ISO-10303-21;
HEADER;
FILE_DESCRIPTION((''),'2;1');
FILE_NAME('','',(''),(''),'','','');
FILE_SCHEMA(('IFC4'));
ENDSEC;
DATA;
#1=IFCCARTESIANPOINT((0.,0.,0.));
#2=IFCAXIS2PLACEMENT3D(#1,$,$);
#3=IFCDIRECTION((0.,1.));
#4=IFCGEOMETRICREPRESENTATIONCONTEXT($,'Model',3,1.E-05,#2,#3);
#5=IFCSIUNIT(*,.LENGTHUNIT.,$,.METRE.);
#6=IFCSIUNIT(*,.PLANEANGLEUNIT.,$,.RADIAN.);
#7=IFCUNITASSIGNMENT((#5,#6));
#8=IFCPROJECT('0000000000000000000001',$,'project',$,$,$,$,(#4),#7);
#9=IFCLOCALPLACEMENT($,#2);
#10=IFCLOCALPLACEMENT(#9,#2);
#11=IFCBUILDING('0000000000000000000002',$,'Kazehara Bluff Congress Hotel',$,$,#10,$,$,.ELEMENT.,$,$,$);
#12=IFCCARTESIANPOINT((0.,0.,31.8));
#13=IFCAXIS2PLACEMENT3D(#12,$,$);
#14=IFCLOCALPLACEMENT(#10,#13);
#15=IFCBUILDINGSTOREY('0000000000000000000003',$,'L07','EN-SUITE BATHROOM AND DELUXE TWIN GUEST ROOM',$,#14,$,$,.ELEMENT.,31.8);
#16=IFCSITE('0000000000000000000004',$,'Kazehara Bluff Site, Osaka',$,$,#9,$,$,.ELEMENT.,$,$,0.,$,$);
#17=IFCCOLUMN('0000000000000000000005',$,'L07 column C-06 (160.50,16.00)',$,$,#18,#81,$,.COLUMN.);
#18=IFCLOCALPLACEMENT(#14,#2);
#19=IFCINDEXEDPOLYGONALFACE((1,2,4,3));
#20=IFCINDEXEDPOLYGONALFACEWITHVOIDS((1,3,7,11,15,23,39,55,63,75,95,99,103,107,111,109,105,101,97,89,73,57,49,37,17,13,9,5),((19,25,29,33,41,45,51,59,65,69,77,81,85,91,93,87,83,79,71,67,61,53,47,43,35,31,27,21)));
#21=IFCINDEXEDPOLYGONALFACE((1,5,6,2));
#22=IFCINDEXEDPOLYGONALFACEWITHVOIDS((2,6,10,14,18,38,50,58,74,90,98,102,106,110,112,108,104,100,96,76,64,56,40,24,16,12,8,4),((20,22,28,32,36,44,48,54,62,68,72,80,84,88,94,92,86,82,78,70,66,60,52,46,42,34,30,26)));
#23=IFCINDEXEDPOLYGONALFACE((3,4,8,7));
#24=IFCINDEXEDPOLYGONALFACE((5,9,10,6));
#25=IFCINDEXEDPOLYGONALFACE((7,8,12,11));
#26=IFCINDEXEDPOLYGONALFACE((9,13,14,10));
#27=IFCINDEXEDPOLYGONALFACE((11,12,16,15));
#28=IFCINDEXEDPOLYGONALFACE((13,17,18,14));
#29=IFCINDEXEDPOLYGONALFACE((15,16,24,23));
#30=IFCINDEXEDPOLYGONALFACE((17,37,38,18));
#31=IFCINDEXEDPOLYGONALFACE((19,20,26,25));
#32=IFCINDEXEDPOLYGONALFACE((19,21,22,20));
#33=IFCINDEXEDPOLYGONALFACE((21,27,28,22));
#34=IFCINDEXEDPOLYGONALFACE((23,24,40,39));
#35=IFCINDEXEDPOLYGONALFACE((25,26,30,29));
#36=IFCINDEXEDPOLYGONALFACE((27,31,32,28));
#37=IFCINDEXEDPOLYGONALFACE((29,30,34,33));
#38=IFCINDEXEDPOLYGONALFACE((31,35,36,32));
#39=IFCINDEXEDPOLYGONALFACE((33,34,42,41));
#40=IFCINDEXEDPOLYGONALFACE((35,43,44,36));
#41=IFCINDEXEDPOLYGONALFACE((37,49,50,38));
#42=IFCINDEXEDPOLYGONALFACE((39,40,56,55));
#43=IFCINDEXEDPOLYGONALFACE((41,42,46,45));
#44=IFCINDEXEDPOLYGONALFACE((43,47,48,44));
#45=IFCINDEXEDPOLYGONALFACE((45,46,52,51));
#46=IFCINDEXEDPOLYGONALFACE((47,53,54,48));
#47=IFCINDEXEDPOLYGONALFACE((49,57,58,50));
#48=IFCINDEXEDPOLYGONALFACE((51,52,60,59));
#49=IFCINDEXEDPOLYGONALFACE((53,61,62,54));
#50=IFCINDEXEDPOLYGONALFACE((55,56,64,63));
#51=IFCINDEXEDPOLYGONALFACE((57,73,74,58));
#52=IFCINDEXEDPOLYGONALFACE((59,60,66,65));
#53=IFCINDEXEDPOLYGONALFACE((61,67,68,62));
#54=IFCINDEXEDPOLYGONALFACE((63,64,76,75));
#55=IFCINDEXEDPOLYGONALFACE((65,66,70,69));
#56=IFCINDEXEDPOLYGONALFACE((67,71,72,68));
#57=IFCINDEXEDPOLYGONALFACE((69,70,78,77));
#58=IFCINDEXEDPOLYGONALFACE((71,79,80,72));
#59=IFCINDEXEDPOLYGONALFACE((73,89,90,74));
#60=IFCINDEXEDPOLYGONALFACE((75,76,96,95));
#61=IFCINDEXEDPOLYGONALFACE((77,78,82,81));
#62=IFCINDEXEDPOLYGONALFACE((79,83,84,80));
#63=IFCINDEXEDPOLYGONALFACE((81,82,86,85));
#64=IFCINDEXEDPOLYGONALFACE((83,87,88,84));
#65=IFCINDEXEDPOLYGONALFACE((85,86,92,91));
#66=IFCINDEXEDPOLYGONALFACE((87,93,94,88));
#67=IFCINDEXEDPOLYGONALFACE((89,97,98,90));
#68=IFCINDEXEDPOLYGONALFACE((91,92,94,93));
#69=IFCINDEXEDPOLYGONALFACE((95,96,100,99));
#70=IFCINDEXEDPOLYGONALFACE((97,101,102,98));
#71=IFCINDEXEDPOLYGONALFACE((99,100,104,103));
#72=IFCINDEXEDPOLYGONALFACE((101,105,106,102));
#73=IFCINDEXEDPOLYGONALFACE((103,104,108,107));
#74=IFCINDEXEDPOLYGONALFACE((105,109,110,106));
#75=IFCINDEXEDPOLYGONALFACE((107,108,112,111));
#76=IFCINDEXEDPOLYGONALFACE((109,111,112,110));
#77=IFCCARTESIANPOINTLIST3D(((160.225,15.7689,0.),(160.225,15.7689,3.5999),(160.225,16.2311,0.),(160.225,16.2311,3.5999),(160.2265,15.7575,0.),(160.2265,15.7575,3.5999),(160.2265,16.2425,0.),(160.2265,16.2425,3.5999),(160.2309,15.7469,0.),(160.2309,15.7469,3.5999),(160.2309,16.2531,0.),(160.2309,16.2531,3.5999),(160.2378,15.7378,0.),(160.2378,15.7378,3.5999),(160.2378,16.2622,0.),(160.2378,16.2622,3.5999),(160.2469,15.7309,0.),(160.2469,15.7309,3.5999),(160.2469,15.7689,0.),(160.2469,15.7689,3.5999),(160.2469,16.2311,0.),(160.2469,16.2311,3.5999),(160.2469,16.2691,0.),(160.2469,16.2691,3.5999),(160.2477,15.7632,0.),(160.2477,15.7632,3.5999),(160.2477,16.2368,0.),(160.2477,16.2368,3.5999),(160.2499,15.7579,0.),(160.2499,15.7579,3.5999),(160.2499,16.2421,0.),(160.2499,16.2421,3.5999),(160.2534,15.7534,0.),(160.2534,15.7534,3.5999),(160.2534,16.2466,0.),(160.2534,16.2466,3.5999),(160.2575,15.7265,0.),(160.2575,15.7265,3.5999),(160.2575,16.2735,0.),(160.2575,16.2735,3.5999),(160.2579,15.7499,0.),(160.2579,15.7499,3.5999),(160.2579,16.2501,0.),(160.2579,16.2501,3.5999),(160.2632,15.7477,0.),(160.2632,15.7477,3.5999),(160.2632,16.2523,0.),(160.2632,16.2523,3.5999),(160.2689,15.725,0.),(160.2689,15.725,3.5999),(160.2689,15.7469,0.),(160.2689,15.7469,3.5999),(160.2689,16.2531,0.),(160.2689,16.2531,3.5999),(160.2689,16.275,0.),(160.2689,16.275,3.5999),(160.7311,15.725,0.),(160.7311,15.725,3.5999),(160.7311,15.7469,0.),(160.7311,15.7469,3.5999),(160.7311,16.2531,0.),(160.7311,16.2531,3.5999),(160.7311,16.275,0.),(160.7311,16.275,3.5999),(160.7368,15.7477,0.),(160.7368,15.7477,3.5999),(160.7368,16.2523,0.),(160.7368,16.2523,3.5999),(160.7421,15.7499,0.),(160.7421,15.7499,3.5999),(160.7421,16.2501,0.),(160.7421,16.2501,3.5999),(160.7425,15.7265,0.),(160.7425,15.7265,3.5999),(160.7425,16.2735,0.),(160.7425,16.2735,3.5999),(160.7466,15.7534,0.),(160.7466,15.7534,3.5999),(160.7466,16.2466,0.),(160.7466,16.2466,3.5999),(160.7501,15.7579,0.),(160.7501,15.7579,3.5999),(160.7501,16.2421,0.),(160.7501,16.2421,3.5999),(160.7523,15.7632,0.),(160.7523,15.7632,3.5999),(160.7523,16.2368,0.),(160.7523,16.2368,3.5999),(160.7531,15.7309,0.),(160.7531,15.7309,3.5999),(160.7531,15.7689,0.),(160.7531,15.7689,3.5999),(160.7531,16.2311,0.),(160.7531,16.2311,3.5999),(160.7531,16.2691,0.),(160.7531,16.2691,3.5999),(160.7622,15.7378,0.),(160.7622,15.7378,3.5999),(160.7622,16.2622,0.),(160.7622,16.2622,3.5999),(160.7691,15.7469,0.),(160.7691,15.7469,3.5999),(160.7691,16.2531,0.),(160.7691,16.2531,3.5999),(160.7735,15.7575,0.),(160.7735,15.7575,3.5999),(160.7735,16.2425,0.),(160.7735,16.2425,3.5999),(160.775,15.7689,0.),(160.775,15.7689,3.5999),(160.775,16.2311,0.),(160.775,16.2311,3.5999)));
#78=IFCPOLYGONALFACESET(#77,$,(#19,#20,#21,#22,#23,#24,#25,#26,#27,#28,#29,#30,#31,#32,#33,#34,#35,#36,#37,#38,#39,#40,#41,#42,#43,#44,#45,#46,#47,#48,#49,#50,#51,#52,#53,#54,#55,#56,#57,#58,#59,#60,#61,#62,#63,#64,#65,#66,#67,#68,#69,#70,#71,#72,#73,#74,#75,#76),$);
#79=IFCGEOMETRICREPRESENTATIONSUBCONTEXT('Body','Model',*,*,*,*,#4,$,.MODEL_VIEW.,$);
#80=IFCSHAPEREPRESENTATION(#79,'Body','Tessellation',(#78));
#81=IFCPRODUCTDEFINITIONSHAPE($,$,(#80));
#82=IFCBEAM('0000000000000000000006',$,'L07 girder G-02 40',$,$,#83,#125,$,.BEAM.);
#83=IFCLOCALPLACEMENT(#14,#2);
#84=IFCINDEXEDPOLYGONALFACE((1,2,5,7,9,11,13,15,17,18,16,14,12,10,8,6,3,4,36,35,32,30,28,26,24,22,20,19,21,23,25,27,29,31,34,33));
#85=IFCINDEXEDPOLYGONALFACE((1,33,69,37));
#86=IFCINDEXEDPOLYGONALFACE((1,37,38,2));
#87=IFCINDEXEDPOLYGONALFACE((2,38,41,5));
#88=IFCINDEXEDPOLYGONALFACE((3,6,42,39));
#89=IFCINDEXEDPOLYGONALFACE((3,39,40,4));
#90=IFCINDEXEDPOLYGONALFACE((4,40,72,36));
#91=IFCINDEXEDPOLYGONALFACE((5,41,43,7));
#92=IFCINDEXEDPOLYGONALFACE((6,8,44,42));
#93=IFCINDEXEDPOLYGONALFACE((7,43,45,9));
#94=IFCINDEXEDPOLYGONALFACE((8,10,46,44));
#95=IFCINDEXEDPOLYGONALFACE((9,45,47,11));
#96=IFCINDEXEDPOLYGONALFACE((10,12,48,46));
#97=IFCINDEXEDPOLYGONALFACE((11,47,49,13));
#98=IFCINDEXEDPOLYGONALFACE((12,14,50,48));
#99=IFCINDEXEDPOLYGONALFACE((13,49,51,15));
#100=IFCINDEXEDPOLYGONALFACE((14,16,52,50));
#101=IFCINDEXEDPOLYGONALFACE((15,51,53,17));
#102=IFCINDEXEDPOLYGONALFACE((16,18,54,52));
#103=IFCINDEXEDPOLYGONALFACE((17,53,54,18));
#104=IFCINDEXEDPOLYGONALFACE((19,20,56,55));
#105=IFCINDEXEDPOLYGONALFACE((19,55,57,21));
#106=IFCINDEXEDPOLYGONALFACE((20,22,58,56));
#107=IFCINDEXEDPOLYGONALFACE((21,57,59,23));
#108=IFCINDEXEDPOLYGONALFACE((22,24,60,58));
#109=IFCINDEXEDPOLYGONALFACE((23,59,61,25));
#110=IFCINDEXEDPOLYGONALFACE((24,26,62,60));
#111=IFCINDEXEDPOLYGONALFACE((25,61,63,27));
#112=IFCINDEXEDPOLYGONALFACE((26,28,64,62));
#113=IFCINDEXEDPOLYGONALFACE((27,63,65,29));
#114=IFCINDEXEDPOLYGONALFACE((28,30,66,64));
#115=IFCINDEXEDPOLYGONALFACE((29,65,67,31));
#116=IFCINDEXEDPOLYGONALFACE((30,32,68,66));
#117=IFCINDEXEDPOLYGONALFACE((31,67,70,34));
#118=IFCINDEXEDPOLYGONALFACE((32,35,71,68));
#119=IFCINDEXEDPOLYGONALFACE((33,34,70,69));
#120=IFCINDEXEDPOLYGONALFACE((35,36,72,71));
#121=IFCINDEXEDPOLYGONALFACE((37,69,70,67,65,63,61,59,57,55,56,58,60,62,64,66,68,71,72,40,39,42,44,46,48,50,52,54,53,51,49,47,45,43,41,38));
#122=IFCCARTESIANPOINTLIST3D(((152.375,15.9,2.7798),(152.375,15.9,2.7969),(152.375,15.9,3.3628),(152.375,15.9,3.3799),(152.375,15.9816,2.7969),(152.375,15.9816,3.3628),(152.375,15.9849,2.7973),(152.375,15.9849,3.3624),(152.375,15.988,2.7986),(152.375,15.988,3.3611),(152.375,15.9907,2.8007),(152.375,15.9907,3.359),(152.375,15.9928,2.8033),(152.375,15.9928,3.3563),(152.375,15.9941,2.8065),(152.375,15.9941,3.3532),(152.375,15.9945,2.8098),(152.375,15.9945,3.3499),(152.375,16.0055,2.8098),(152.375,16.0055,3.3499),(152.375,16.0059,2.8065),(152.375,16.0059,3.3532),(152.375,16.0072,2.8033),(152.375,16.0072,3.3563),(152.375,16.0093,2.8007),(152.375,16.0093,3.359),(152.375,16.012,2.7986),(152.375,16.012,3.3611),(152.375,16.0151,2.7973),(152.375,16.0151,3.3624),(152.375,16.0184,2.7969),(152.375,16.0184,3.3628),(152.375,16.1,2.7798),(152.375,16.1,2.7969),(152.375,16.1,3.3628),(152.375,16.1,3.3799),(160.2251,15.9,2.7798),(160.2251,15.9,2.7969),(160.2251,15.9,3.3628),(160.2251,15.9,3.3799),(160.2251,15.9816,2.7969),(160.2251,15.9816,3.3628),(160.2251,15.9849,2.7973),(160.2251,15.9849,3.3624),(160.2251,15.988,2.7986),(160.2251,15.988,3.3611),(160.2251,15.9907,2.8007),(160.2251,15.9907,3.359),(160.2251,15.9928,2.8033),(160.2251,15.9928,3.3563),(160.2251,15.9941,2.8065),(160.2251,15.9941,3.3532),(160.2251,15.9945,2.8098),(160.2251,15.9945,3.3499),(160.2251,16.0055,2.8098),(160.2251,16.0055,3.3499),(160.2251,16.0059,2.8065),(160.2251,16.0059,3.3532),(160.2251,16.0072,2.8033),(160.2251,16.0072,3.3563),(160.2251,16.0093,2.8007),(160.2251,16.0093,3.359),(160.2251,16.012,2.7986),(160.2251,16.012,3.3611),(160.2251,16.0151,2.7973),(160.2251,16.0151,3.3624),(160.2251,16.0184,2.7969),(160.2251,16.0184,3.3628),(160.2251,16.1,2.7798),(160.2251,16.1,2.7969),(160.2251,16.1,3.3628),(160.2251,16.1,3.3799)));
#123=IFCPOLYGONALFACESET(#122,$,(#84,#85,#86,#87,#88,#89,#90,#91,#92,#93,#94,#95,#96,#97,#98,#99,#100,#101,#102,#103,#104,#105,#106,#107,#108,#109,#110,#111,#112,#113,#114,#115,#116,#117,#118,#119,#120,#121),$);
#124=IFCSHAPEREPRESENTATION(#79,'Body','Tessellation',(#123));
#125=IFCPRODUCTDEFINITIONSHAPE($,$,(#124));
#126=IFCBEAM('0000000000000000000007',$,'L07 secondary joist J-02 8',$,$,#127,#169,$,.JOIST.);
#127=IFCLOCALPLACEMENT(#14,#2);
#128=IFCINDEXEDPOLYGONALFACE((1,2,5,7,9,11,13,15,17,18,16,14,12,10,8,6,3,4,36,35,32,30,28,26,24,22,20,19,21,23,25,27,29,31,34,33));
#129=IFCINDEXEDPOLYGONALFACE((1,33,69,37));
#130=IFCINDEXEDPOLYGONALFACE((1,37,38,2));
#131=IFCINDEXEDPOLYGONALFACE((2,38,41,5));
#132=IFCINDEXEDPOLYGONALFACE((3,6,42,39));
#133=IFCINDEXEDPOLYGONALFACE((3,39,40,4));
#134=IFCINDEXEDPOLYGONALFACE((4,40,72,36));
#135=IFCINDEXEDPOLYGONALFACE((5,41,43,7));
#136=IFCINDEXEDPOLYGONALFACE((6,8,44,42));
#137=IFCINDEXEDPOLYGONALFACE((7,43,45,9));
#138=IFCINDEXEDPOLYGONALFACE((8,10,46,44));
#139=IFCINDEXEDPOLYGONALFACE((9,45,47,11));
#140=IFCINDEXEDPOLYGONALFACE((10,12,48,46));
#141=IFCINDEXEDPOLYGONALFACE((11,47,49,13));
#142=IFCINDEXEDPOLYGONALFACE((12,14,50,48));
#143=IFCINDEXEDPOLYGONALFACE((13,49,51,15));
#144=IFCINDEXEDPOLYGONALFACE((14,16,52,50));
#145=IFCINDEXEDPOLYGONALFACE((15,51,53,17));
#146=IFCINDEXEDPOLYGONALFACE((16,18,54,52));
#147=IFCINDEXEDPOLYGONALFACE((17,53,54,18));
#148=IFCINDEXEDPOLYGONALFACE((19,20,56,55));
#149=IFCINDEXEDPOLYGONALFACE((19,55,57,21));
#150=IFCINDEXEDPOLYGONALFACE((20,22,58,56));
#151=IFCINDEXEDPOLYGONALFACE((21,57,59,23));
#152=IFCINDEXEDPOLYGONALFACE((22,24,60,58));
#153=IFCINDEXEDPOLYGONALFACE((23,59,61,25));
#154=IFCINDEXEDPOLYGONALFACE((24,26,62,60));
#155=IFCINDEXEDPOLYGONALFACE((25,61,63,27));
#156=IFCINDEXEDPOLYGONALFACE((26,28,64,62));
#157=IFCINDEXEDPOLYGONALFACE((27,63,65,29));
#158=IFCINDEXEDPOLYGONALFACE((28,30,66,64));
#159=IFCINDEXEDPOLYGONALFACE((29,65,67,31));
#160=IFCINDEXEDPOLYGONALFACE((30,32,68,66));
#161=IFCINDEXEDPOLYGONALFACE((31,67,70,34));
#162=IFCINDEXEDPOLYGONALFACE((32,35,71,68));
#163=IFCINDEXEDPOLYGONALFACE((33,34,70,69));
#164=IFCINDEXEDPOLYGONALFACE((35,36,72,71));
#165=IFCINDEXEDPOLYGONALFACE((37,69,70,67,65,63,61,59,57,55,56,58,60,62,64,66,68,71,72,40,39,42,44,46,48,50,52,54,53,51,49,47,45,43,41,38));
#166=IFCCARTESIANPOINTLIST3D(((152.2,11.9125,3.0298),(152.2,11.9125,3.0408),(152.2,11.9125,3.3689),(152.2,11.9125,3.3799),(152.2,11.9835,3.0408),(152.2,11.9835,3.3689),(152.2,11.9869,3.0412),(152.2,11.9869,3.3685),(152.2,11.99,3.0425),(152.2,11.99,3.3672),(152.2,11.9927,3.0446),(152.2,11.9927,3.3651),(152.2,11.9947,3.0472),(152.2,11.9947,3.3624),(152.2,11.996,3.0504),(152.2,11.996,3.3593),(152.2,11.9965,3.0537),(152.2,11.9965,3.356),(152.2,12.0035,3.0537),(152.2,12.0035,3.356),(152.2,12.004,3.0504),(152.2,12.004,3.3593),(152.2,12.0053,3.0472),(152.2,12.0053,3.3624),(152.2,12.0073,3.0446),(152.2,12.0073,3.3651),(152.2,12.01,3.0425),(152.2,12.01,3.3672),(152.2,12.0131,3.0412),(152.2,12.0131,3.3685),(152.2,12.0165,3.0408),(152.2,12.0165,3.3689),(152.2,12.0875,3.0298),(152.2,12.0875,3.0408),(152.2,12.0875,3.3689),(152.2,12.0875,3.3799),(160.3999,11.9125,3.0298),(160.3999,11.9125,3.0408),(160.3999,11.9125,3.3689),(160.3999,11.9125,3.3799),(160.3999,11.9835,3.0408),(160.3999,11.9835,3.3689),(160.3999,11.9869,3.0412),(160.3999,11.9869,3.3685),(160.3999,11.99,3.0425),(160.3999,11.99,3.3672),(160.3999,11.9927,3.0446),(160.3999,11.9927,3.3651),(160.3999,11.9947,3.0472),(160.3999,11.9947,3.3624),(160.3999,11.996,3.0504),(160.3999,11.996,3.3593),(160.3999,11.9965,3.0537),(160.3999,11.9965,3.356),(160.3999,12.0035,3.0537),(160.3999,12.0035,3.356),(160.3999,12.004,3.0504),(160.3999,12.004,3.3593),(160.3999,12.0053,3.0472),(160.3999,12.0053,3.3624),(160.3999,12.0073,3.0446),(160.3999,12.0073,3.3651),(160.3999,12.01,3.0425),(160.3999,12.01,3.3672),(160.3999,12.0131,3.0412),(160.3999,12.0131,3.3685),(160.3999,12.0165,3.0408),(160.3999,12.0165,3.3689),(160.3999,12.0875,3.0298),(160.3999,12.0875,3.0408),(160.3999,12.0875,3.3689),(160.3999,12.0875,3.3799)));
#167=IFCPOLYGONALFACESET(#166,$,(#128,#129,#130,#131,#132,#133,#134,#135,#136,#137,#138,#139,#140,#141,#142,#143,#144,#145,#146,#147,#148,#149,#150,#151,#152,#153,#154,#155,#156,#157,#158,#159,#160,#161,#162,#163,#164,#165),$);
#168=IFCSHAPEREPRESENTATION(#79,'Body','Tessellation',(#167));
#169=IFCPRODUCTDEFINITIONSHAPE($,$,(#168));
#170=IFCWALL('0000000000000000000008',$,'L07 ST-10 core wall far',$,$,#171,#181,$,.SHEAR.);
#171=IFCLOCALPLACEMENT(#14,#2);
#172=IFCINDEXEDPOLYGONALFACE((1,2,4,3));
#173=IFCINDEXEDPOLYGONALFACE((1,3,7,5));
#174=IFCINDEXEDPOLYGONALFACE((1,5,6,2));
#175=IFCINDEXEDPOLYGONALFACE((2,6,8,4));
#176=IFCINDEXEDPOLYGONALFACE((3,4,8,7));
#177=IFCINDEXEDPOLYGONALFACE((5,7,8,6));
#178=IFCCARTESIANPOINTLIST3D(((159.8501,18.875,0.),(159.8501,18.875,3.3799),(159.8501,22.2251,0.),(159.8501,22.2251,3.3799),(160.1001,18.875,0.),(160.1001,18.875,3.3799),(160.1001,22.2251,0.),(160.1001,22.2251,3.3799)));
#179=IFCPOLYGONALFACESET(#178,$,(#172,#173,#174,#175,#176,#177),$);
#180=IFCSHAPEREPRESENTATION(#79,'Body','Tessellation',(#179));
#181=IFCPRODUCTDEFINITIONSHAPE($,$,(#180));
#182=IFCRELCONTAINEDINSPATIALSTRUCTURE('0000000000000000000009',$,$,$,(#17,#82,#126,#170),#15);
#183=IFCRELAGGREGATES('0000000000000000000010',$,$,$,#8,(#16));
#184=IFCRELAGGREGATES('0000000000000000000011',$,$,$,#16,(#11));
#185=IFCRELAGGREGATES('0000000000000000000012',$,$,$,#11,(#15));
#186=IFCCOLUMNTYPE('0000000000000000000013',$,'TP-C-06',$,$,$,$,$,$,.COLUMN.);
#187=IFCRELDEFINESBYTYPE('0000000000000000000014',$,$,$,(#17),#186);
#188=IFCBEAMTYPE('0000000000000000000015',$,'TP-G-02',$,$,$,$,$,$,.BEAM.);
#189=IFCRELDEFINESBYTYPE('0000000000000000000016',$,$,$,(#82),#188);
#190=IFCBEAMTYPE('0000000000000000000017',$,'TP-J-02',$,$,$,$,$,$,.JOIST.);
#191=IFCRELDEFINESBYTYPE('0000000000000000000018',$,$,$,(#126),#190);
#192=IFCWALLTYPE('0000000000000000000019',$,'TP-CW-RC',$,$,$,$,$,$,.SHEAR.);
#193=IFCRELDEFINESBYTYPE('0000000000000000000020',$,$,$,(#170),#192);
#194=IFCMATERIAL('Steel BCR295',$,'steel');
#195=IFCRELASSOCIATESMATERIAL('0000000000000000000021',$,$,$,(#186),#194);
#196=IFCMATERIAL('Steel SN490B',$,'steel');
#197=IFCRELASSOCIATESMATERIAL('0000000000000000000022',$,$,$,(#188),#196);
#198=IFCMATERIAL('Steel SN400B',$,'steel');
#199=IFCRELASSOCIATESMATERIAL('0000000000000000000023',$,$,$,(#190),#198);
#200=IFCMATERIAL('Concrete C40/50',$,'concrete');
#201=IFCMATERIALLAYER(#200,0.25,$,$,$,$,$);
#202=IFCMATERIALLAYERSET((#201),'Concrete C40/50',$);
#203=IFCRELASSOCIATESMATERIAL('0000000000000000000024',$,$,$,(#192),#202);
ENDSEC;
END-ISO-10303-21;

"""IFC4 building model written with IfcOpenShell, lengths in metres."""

from ifc_helpers import new_model, si_unit, direction, frame, frame_2d, origin, origin_2d, place, context, subcontext, project, spatial, rectangle, hollow_rectangle, i_section, extrude, material, layer, layer_set, material_profile, profile_set, type_object, element, save


model = new_model("IFC4")

# Units and contexts
model_context = context("Model", 3, precision=1e-05, world=origin(), true_north=direction((0.0, 1.0)))
body_context = subcontext(model_context, "Body", "Model", "MODEL_VIEW")
ifc_project = project(units=[si_unit("LENGTHUNIT", "METRE"), si_unit("PLANEANGLEUNIT", "RADIAN")], contexts=[model_context])

# Site, building, storey
site_placement = place(None, origin())
site = spatial("IfcSite", under=ifc_project, at=site_placement, Name="Kazehara Bluff Site, Osaka", CompositionType="ELEMENT", RefElevation=0.0)
building_placement = place(site_placement, origin())
building = spatial("IfcBuilding", under=site, at=building_placement, Name="Kazehara Bluff Congress Hotel", CompositionType="ELEMENT")
storey_placement = place(building_placement, frame((0.0, 0.0, 31.8)))
storey = spatial("IfcBuildingStorey", under=building, at=storey_placement, Name="L07", Description="EN-SUITE BATHROOM AND DELUXE TWIN GUEST ROOM", CompositionType="ELEMENT", Elevation=31.8)

# Column
ifc_material_1 = material(Name="Steel BCR295", Category="steel")
ifc_material_profile_1 = material_profile(ifc_material_1, hollow_rectangle(XDim=0.55, YDim=0.55, WallThickness=0.022, InnerFilletRadius=0.022, OuterFilletRadius=0.0439, at=origin_2d()))
ifc_profile_set_1 = profile_set([ifc_material_profile_1], Name="Steel BCR295")
column_type = type_object("IfcColumnType", Name="TP-C-06", PredefinedType="COLUMN", material=ifc_profile_set_1)
column_placement = place(storey_placement, frame((160.5, 16.0, 0.0), z_axis=(0.0, 0.0, 1.0), x_axis=(1.0, 0.0, 0.0)))
element("IfcColumn", 1, at=column_placement, inside=storey, type_object=column_type, Name="L07 column C-06 (160.50,16.00)", PredefinedType="COLUMN", context=body_context, shape_type="SweptSolid", body=[
    extrude(hollow_rectangle(XDim=0.55, YDim=0.55, WallThickness=0.022, InnerFilletRadius=0.022, OuterFilletRadius=0.0439, at=origin_2d()), origin(), (0.0, 0.0, 1.0), 3.5999),
])

# Beams
ifc_material_2 = material(Name="Steel SN490B", Category="steel")
ifc_material_profile_2 = material_profile(ifc_material_2, i_section(OverallWidth=0.2, OverallDepth=0.6001, WebThickness=0.011, FlangeThickness=0.0171, FilletRadius=0.0129, at=origin_2d()))
ifc_profile_set_2 = profile_set([ifc_material_profile_2], Name="Steel SN490B")
beam_type_1 = type_object("IfcBeamType", Name="TP-G-02", PredefinedType="BEAM", material=ifc_profile_set_2)
beam_1_placement = place(storey_placement, frame((152.375, 16.0, 3.0798), z_axis=(1.0, 0.0, 0.0), x_axis=(0.0, 1.0, 0.0)))
element("IfcBeam", 2, at=beam_1_placement, inside=storey, type_object=beam_type_1, Name="L07 girder G-02 40", PredefinedType="BEAM", context=body_context, shape_type="SweptSolid", body=[
    extrude(i_section(OverallWidth=0.2, OverallDepth=0.6001, WebThickness=0.011, FlangeThickness=0.0171, FilletRadius=0.0129, at=origin_2d()), origin(), (0.0, 0.0, 1.0), 7.8501),
])
ifc_material_3 = material(Name="Steel SN400B", Category="steel")
ifc_material_profile_3 = material_profile(ifc_material_3, i_section(OverallWidth=0.175, OverallDepth=0.3501, WebThickness=0.0071, FlangeThickness=0.011, FilletRadius=0.0129, at=origin_2d()))
ifc_profile_set_3 = profile_set([ifc_material_profile_3], Name="Steel SN400B")
beam_type_2 = type_object("IfcBeamType", Name="TP-J-02", PredefinedType="JOIST", material=ifc_profile_set_3)
beam_2_placement = place(storey_placement, frame((152.2, 12.0, 3.2048), z_axis=(1.0, 0.0, 0.0), x_axis=(0.0, 1.0, 0.0)))
element("IfcBeam", 3, at=beam_2_placement, inside=storey, type_object=beam_type_2, Name="L07 secondary joist J-02 8", PredefinedType="JOIST", context=body_context, shape_type="SweptSolid", body=[
    extrude(i_section(OverallWidth=0.175, OverallDepth=0.3501, WebThickness=0.0071, FlangeThickness=0.011, FilletRadius=0.0129, at=origin_2d()), origin(), (0.0, 0.0, 1.0), 8.2),
])

# Wall
ifc_material_4 = material(Name="Concrete C40/50", Category="concrete")
ifc_layer_1 = layer(ifc_material_4, 0.25)
ifc_layer_set_1 = layer_set([ifc_layer_1], Name="Concrete C40/50")
wall_type_1 = type_object("IfcWallType", Name="TP-CW-RC", PredefinedType="SHEAR", material=ifc_layer_set_1)
wall_1_placement = place(storey_placement, frame((159.9751, 18.875, 0.0), z_axis=(0.0, 0.0, 1.0), x_axis=(0.0, 1.0, 0.0)))
element("IfcWall", 4, at=wall_1_placement, inside=storey, type_object=wall_type_1, Name="L07 ST-10 core wall far", PredefinedType="SHEAR", context=body_context, shape_type="SweptSolid", body=[
    extrude(rectangle(XDim=3.3501, YDim=0.25, at=frame_2d((1.675, 0.0))), origin(), (0.0, 0.0, 1.0), 3.3799),
])

save(model, "model.ifc")
